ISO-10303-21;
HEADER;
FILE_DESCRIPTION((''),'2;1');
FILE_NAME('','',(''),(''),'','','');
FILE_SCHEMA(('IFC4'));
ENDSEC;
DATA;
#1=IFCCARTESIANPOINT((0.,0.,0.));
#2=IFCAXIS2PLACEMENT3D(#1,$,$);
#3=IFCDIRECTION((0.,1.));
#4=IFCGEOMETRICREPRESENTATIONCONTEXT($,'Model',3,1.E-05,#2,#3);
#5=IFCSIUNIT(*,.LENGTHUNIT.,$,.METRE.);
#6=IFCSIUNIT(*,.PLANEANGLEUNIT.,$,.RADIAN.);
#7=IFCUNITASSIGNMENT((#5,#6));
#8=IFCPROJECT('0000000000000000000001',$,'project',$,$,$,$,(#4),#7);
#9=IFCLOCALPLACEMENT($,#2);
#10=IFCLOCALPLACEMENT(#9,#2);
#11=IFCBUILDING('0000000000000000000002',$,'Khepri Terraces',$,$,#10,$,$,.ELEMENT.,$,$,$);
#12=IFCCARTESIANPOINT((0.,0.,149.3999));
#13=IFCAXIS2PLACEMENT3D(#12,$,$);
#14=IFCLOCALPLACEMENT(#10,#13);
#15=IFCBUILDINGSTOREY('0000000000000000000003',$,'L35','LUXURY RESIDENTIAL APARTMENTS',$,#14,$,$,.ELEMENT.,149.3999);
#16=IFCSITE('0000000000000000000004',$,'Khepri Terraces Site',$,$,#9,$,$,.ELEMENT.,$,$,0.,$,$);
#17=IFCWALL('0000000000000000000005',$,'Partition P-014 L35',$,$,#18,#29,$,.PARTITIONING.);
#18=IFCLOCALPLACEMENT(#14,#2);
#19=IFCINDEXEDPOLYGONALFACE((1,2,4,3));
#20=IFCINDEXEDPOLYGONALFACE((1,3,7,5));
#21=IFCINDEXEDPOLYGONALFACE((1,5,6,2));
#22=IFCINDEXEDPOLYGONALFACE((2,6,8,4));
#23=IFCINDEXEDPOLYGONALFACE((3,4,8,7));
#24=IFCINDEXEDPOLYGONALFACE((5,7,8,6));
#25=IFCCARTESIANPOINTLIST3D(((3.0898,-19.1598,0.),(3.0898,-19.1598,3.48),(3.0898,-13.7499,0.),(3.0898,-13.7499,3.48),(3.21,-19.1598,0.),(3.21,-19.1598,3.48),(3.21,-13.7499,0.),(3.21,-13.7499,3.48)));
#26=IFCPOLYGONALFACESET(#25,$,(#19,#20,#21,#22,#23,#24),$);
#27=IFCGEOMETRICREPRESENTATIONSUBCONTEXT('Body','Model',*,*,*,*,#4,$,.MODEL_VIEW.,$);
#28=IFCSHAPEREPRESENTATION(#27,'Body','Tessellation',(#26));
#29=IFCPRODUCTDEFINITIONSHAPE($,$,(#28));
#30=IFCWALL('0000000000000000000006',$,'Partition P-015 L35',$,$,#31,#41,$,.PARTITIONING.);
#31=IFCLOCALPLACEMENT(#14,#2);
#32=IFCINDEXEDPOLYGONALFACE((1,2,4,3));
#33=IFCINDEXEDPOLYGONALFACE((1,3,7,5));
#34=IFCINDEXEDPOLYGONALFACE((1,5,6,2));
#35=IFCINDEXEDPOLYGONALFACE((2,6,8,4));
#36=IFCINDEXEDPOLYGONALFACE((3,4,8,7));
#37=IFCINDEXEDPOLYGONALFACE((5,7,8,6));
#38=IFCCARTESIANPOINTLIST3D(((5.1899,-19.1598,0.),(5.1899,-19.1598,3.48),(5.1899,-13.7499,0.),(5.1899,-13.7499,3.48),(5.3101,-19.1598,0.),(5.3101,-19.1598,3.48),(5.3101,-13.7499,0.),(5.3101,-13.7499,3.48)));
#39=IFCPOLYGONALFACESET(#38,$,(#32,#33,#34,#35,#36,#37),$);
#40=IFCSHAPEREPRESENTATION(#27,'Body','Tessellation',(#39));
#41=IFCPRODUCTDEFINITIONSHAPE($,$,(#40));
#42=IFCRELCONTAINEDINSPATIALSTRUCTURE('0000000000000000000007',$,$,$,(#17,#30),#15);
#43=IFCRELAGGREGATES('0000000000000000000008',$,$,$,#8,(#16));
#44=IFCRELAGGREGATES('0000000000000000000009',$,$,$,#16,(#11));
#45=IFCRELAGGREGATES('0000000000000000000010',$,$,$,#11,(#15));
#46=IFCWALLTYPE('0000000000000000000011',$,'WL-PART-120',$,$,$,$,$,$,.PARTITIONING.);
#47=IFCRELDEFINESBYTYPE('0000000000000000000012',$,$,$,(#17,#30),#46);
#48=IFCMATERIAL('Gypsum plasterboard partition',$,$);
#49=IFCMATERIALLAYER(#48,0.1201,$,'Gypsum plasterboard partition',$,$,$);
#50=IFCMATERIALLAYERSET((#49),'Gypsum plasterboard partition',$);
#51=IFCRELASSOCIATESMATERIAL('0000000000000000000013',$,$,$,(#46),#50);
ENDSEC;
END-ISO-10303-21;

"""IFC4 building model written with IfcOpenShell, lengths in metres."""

from ifc_helpers import new_model, si_unit, direction, frame, frame_2d, origin, place, context, subcontext, project, spatial, rectangle, extrude, material, layer, layer_set, type_object, element, save


model = new_model("IFC4")

# Units and contexts
model_context = context("Model", 3, precision=1e-05, world=origin(), true_north=direction((0.0, 1.0)))
body_context = subcontext(model_context, "Body", "Model", "MODEL_VIEW")
ifc_project = project(units=[si_unit("LENGTHUNIT", "METRE"), si_unit("PLANEANGLEUNIT", "RADIAN")], contexts=[model_context])

# Site, building, storey
site_placement = place(None, origin())
site = spatial("IfcSite", under=ifc_project, at=site_placement, Name="Khepri Terraces Site", CompositionType="ELEMENT", RefElevation=0.0)
building_placement = place(site_placement, origin())
building = spatial("IfcBuilding", under=site, at=building_placement, Name="Khepri Terraces", CompositionType="ELEMENT")
storey_placement = place(building_placement, frame((0.0, 0.0, 149.3999)))
storey = spatial("IfcBuildingStorey", under=building, at=storey_placement, Name="L35", Description="LUXURY RESIDENTIAL APARTMENTS", CompositionType="ELEMENT", Elevation=149.3999)

# Shared definitions
ifc_material_1 = material(Name="Gypsum plasterboard partition")
ifc_layer_1 = layer(ifc_material_1, 0.1201, Name="Gypsum plasterboard partition")
ifc_layer_set_1 = layer_set([ifc_layer_1], Name="Gypsum plasterboard partition")
wall_type_1 = type_object("IfcWallType", Name="WL-PART-120", PredefinedType="PARTITIONING", material=ifc_layer_set_1)

# Walls
for number, where, z_axis, x_axis, name in (
    (1, (3.1499, -19.1599, 0.0), (0.0, 0.0, 1.0), (0.0, 1.0, 0.0), "Partition P-014 L35"),
    (2, (5.25, -19.1599, 0.0), (0.0, 0.0, 1.0), (0.0, 1.0, 0.0), "Partition P-015 L35"),
):
    element("IfcWall", number, at=place(storey_placement, frame(where, z_axis=z_axis, x_axis=x_axis)), inside=storey, type_object=wall_type_1, Name=name, PredefinedType="PARTITIONING", context=body_context, shape_type="SweptSolid", body=[
        extrude(rectangle(XDim=5.4099, YDim=0.1201, at=frame_2d((2.7051, 0.0))), origin(), (0.0, 0.0, 1.0), 3.48),
    ])

save(model, "model.ifc")
